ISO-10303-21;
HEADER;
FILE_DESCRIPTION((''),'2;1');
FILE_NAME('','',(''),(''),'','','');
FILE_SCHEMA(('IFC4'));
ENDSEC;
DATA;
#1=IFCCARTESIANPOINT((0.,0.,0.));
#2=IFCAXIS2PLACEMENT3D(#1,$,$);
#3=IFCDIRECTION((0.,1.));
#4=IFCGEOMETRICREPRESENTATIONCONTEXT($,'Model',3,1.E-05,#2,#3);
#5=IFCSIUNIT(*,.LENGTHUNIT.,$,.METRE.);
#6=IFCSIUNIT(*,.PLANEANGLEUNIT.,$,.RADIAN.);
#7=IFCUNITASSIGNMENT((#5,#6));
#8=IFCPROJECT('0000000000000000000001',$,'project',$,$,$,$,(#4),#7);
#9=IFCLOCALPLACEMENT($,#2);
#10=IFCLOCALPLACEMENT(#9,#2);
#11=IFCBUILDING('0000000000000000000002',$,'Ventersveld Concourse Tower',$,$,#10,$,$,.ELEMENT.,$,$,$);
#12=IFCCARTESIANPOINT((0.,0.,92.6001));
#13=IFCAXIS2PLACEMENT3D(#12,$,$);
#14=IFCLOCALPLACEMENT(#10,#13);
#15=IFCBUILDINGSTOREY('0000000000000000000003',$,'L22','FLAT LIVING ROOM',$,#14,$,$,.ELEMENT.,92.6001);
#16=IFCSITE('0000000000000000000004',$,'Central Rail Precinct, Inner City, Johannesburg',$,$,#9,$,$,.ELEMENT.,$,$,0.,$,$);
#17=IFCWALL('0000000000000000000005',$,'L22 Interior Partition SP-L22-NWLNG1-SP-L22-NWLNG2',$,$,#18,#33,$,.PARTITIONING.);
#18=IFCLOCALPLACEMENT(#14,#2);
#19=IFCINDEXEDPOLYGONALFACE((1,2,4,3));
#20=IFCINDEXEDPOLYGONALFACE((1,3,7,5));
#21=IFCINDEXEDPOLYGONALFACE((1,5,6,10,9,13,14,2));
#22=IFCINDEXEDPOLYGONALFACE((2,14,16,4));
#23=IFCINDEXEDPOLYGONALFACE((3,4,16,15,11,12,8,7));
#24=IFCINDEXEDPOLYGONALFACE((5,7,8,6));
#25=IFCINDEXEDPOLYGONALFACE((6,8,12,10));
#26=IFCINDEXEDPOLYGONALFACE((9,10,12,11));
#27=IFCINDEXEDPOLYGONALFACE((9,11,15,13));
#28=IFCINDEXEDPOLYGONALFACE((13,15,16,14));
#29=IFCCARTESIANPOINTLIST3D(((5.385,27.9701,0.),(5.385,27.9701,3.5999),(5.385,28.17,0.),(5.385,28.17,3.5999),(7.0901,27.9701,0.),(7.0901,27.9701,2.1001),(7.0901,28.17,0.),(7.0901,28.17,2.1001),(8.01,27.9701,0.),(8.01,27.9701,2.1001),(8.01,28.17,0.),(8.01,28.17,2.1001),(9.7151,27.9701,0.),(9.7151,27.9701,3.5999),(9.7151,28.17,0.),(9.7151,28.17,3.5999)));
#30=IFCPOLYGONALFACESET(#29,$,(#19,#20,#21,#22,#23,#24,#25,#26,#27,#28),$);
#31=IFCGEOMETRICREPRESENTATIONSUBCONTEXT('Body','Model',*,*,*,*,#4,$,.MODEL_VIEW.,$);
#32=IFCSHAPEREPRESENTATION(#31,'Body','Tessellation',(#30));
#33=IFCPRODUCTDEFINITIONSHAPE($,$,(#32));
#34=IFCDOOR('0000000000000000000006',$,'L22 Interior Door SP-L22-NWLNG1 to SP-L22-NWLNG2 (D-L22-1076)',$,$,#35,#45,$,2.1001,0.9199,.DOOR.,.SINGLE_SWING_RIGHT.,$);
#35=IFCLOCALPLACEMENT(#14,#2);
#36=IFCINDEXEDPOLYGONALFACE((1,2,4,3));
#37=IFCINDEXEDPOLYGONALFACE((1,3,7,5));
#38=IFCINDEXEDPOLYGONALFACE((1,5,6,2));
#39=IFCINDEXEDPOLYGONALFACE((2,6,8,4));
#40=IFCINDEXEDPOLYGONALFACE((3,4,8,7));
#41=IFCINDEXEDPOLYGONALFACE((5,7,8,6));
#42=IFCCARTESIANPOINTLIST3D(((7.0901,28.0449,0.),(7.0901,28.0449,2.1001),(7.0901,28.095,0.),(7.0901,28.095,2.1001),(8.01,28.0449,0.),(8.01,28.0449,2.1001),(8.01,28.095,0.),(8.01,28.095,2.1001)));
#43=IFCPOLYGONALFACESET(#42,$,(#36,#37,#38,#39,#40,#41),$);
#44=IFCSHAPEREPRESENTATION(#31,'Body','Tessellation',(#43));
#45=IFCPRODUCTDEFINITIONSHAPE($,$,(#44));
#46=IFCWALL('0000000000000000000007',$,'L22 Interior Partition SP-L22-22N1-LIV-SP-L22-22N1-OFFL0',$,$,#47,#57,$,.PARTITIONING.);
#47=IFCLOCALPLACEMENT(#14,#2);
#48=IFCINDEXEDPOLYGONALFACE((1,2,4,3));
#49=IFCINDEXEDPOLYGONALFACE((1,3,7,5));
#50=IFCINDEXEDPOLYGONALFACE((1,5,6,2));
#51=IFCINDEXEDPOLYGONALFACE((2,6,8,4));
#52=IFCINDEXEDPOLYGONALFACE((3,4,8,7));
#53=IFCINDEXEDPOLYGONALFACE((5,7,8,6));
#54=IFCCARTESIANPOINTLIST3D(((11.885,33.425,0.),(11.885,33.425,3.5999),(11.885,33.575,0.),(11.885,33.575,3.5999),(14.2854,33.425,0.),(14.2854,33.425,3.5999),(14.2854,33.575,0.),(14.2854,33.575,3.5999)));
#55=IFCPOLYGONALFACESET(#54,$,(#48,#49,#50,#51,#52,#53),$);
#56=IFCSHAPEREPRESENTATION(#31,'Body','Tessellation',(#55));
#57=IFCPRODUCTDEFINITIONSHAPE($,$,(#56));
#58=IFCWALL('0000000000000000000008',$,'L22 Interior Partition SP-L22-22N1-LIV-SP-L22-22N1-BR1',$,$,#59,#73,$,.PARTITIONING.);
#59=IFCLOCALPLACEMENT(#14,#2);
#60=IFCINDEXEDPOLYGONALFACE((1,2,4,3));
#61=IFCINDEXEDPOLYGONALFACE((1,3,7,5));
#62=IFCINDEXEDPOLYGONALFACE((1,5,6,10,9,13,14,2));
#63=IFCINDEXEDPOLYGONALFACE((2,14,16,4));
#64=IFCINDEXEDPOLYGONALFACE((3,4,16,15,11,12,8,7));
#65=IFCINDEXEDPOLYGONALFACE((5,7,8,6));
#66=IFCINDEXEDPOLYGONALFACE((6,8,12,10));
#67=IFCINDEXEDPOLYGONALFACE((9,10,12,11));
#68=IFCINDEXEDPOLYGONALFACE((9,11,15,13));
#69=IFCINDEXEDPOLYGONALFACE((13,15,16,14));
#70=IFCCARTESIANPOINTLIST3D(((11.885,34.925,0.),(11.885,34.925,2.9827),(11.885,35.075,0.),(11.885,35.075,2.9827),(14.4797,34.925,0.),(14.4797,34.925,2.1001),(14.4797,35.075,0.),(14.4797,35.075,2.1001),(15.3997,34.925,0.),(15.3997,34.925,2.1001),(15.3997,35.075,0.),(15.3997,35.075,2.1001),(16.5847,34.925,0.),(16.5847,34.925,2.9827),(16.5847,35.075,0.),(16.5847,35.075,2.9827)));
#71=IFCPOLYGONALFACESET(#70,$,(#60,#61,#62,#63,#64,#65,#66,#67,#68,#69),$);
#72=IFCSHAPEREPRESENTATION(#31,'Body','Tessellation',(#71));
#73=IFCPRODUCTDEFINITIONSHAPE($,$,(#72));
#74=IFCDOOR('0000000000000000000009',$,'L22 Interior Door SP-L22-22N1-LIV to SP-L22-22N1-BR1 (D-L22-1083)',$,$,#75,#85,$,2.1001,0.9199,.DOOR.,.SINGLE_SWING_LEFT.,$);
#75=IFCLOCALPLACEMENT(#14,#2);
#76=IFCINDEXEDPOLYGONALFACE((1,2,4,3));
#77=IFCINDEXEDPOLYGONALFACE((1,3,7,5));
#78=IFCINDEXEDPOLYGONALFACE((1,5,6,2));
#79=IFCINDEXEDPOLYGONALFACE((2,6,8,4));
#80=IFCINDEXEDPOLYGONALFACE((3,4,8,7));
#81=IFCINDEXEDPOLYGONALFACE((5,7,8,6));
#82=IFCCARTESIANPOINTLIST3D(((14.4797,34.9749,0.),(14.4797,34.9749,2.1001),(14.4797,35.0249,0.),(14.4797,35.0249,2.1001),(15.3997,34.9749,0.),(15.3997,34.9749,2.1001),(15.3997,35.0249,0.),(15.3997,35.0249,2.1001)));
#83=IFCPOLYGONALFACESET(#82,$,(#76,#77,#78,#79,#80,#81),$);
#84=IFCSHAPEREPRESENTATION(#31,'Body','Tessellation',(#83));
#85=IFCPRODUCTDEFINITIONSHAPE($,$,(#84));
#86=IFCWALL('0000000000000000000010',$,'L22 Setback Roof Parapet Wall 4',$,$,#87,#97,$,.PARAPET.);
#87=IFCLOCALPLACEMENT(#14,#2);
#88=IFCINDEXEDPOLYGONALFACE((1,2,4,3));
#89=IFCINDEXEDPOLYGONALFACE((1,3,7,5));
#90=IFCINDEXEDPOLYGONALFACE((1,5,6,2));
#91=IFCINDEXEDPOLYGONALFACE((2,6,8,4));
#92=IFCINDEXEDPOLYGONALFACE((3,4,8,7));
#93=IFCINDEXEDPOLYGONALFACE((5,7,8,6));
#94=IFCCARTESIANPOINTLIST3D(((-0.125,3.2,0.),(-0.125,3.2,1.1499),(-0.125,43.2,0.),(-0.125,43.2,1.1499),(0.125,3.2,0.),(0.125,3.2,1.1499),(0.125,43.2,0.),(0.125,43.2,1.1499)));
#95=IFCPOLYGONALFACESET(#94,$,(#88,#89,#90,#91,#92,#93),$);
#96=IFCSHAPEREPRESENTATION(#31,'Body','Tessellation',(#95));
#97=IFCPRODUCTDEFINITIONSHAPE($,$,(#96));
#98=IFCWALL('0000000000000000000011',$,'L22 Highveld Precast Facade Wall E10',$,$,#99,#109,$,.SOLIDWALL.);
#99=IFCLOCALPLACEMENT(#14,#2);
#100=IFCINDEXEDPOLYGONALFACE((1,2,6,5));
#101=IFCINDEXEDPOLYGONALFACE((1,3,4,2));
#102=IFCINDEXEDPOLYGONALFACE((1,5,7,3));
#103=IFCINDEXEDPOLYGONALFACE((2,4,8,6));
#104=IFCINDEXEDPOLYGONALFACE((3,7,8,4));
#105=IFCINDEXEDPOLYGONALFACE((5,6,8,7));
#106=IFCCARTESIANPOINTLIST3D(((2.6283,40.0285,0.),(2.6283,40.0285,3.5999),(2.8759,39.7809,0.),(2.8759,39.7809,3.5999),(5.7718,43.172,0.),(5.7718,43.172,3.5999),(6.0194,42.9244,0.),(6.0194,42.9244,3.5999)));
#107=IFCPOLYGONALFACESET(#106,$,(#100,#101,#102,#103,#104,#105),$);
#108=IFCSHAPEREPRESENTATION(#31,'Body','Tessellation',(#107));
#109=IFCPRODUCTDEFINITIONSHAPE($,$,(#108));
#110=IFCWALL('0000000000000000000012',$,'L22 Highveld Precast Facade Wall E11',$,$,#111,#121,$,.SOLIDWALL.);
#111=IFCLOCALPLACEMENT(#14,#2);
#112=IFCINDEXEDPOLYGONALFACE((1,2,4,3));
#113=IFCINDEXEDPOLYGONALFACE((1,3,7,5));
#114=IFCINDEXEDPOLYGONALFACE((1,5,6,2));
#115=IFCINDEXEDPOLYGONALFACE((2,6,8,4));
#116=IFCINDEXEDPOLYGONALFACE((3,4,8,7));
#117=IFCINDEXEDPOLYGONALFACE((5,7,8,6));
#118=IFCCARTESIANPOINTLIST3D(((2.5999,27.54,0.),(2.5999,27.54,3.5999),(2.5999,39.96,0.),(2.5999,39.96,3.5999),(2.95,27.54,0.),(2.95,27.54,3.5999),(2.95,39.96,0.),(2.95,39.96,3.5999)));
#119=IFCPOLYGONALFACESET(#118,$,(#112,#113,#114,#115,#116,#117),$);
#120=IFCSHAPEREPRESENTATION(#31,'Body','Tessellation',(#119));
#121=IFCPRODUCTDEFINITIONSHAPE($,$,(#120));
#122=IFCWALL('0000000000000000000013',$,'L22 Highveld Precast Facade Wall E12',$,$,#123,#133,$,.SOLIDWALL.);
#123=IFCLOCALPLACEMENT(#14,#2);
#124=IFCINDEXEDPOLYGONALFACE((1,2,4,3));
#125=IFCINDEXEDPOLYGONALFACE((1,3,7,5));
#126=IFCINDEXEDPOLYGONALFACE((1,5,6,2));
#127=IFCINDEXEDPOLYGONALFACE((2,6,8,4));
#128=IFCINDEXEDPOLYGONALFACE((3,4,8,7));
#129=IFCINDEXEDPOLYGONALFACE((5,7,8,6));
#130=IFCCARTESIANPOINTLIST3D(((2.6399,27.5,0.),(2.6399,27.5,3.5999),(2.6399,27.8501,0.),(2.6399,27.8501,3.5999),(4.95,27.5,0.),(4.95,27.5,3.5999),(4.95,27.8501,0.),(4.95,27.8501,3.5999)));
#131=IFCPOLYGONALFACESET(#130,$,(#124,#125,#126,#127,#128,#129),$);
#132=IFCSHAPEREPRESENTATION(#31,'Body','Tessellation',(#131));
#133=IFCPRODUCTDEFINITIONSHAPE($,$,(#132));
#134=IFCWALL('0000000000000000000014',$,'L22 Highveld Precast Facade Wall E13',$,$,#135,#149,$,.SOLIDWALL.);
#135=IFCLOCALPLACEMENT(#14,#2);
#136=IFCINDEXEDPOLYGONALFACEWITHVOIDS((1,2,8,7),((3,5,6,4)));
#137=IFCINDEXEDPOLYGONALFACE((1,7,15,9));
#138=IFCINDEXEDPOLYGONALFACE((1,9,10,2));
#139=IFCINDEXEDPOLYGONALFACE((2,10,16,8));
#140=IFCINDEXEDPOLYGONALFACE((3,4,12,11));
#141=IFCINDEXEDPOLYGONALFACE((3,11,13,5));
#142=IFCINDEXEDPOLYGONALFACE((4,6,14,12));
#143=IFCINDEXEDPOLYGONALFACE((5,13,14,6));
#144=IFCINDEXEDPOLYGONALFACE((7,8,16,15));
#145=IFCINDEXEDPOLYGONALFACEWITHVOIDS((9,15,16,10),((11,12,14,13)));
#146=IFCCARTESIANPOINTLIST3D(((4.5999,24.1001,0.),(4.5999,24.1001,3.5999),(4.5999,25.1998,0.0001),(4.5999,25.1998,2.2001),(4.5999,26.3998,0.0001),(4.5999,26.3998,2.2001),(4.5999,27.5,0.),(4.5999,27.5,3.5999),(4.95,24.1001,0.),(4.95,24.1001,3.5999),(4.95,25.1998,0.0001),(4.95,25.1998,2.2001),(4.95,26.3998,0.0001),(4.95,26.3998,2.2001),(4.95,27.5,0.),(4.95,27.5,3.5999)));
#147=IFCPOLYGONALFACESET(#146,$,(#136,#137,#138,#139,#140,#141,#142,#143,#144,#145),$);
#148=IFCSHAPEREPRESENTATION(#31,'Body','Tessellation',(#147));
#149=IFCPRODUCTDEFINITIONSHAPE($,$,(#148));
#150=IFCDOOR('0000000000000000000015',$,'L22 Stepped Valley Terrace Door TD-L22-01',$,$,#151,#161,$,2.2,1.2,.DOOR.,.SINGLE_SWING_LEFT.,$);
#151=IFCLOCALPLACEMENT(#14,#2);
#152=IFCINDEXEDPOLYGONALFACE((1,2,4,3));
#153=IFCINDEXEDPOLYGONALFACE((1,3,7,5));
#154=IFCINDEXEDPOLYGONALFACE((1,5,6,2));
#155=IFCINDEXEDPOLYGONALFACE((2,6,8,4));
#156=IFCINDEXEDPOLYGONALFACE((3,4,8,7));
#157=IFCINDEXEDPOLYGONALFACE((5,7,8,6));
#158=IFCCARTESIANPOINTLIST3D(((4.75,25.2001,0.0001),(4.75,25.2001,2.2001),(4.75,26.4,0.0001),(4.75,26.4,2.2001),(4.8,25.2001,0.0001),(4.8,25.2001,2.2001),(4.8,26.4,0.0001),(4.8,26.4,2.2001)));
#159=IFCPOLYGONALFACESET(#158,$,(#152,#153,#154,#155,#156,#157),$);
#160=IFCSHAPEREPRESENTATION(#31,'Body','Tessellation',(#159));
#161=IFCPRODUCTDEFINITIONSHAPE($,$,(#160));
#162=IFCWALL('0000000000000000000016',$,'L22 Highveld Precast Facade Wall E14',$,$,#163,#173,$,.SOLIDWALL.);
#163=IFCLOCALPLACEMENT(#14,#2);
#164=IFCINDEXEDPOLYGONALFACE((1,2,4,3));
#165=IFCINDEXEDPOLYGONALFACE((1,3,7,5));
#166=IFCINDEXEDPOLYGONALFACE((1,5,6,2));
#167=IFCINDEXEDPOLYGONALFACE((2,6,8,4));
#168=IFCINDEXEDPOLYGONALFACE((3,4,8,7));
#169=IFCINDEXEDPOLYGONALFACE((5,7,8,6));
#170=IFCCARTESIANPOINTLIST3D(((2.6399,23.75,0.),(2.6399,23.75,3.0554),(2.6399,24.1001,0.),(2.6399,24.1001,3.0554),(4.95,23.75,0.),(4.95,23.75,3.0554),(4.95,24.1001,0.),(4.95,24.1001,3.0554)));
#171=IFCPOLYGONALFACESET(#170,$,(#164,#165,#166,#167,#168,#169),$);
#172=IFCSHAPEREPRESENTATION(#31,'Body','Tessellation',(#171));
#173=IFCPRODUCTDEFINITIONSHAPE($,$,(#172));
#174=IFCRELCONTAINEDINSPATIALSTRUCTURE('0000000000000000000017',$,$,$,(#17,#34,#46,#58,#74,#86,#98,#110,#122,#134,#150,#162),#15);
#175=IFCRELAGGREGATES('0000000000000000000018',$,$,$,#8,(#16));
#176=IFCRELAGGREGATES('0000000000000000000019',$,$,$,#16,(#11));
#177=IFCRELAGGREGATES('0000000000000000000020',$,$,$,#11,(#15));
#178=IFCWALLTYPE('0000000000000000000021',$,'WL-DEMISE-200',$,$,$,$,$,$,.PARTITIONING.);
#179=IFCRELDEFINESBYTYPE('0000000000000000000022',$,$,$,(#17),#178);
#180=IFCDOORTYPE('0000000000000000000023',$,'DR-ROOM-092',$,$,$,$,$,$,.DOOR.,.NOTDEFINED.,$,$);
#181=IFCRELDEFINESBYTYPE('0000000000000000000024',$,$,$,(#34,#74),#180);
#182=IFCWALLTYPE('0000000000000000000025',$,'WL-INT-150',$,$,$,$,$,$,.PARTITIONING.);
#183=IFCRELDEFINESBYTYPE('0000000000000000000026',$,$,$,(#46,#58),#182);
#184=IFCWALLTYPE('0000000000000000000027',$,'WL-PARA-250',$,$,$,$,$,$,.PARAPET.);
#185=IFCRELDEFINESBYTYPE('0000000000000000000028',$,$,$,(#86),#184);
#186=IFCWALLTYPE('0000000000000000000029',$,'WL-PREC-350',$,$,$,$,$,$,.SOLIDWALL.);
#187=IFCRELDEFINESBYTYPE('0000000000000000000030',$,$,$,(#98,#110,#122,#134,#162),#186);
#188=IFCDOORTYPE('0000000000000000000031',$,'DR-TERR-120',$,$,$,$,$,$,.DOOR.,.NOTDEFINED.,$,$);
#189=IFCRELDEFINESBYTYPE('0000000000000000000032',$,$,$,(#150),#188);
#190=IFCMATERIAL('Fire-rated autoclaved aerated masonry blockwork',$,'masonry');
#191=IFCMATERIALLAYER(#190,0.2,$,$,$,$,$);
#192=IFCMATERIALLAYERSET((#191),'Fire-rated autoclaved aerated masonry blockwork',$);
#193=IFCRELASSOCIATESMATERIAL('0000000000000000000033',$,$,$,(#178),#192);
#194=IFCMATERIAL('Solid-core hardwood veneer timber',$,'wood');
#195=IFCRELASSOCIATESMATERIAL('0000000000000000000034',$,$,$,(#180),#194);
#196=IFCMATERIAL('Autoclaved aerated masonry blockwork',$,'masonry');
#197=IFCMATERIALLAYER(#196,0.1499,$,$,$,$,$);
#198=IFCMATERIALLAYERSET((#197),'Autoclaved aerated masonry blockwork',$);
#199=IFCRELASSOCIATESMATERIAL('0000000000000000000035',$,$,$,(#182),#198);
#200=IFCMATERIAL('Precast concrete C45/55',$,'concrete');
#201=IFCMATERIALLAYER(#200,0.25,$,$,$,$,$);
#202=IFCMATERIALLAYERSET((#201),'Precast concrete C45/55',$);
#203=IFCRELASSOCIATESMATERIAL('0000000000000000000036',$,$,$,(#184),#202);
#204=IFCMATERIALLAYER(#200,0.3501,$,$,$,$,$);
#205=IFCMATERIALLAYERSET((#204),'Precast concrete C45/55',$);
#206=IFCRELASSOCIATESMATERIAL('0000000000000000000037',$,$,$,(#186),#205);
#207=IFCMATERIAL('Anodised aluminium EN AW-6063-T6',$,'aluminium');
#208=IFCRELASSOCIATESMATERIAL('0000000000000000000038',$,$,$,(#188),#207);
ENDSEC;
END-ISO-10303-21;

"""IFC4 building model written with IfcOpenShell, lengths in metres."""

from ifc_helpers import new_model, si_unit, direction, frame, frame_2d, origin, place, context, subcontext, project, spatial, rectangle, extrude, material, layer, layer_set, type_object, element, fill, save


model = new_model("IFC4")

# Units and contexts
model_context = context("Model", 3, precision=1e-05, world=origin(), true_north=direction((0.0, 1.0)))
body_context = subcontext(model_context, "Body", "Model", "MODEL_VIEW")
ifc_project = project(units=[si_unit("LENGTHUNIT", "METRE"), si_unit("PLANEANGLEUNIT", "RADIAN")], contexts=[model_context])

# Site, building, storey
site_placement = place(None, origin())
site = spatial("IfcSite", under=ifc_project, at=site_placement, Name="Central Rail Precinct, Inner City, Johannesburg", CompositionType="ELEMENT", RefElevation=0.0)
building_placement = place(site_placement, origin())
building = spatial("IfcBuilding", under=site, at=building_placement, Name="Ventersveld Concourse Tower", CompositionType="ELEMENT")
storey_placement = place(building_placement, frame((0.0, 0.0, 92.6001)))
storey = spatial("IfcBuildingStorey", under=building, at=storey_placement, Name="L22", Description="FLAT LIVING ROOM", CompositionType="ELEMENT", Elevation=92.6001)

# Shared definitions
ifc_material_1 = material(Name="Fire-rated autoclaved aerated masonry blockwork", Category="masonry")

# Wall, opening, door
ifc_layer_1 = layer(ifc_material_1, 0.2)
ifc_layer_set_1 = layer_set([ifc_layer_1], Name="Fire-rated autoclaved aerated masonry blockwork")
wall_type_1 = type_object("IfcWallType", Name="WL-DEMISE-200", PredefinedType="PARTITIONING", material=ifc_layer_set_1)
wall_1_placement = place(storey_placement, frame((5.385, 28.0701, 0.0), z_axis=(0.0, 0.0, 1.0), x_axis=(1.0, 0.0, 0.0)))
wall_1 = element("IfcWall", 1, at=wall_1_placement, inside=storey, type_object=wall_type_1, Name="L22 Interior Partition SP-L22-NWLNG1-SP-L22-NWLNG2", PredefinedType="PARTITIONING", context=body_context, shape_type="SweptSolid", body=[
    extrude(rectangle(XDim=4.3301, YDim=0.2, at=frame_2d((2.165, 0.0))), origin(), (0.0, 0.0, 1.0), 3.5999),
])
opening_1_placement = place(wall_1_placement, frame((1.7051, 0.0, 0.0)))
opening_1 = element("IfcOpeningElement", 2, at=opening_1_placement, cuts=wall_1, PredefinedType="OPENING", context=body_context, shape_type="SweptSolid", body=[
    extrude(rectangle(XDim=0.9199, YDim=2.1001, at=frame_2d((0.46, 1.05))), frame((0.0, 0.1099, 0.0), z_axis=(0.0, -1.0, 0.0), x_axis=(1.0, 0.0, 0.0)), (0.0, 0.0, 1.0), 0.22),
])
ifc_material_2 = material(Name="Solid-core hardwood veneer timber", Category="wood")
door_type_1 = type_object("IfcDoorType", Name="DR-ROOM-092", OperationType="NOTDEFINED", PredefinedType="DOOR", material=ifc_material_2)
door_1_placement = place(opening_1_placement, origin())
door_1 = element("IfcDoor", 3, at=door_1_placement, inside=storey, type_object=door_type_1, Name="L22 Interior Door SP-L22-NWLNG1 to SP-L22-NWLNG2 (D-L22-1076)", OperationType="SINGLE_SWING_RIGHT", OverallHeight=2.1001, OverallWidth=0.9199, PredefinedType="DOOR", context=body_context, shape_type="SweptSolid", body=[
    extrude(rectangle(XDim=0.9199, YDim=2.1001, at=frame_2d((0.46, 1.05))), frame((0.0, 0.0249, 0.0), z_axis=(0.0, -1.0, 0.0), x_axis=(1.0, 0.0, 0.0)), (0.0, 0.0, 1.0), 0.05),
])
fill(opening_1, door_1)

# Wall
ifc_material_3 = material(Name="Autoclaved aerated masonry blockwork", Category="masonry")
ifc_layer_2 = layer(ifc_material_3, 0.1499)
ifc_layer_set_2 = layer_set([ifc_layer_2], Name="Autoclaved aerated masonry blockwork")
wall_type_2 = type_object("IfcWallType", Name="WL-INT-150", PredefinedType="PARTITIONING", material=ifc_layer_set_2)
wall_2_placement = place(storey_placement, frame((11.885, 33.5, 0.0), z_axis=(0.0, 0.0, 1.0), x_axis=(1.0, 0.0, 0.0)))
element("IfcWall", 4, at=wall_2_placement, inside=storey, type_object=wall_type_2, Name="L22 Interior Partition SP-L22-22N1-LIV-SP-L22-22N1-OFFL0", PredefinedType="PARTITIONING", context=body_context, shape_type="SweptSolid", body=[
    extrude(rectangle(XDim=2.4004, YDim=0.1499, at=frame_2d((1.2002, 0.0))), origin(), (0.0, 0.0, 1.0), 3.5999),
])

# Wall, opening, door
wall_3_placement = place(storey_placement, frame((11.885, 35.0, 0.0), z_axis=(0.0, 0.0, 1.0), x_axis=(1.0, 0.0, 0.0)))
wall_3 = element("IfcWall", 5, at=wall_3_placement, inside=storey, type_object=wall_type_2, Name="L22 Interior Partition SP-L22-22N1-LIV-SP-L22-22N1-BR1", PredefinedType="PARTITIONING", context=body_context, shape_type="SweptSolid", body=[
    extrude(rectangle(XDim=4.6997, YDim=0.1499, at=frame_2d((2.3499, 0.0))), origin(), (0.0, 0.0, 1.0), 2.9827),
])
opening_2_placement = place(wall_3_placement, frame((2.5947, 0.0, 0.0)))
opening_2 = element("IfcOpeningElement", 6, at=opening_2_placement, cuts=wall_3, PredefinedType="OPENING", context=body_context, shape_type="SweptSolid", body=[
    extrude(rectangle(XDim=0.9199, YDim=2.1001, at=frame_2d((0.46, 1.05))), frame((0.0, 0.085, 0.0), z_axis=(0.0, -1.0, 0.0), x_axis=(1.0, 0.0, 0.0)), (0.0, 0.0, 1.0), 0.1699),
])
door_2_placement = place(opening_2_placement, origin())
door_2 = element("IfcDoor", 7, at=door_2_placement, inside=storey, type_object=door_type_1, Name="L22 Interior Door SP-L22-22N1-LIV to SP-L22-22N1-BR1 (D-L22-1083)", OperationType="SINGLE_SWING_LEFT", OverallHeight=2.1001, OverallWidth=0.9199, PredefinedType="DOOR", context=body_context, shape_type="SweptSolid", body=[
    extrude(rectangle(XDim=0.9199, YDim=2.1001, at=frame_2d((0.46, 1.05))), frame((0.0, 0.0249, 0.0), z_axis=(0.0, -1.0, 0.0), x_axis=(1.0, 0.0, 0.0)), (0.0, 0.0, 1.0), 0.05),
])
fill(opening_2, door_2)

# Walls
ifc_material_4 = material(Name="Precast concrete C45/55", Category="concrete")
ifc_layer_3 = layer(ifc_material_4, 0.25)
ifc_layer_set_3 = layer_set([ifc_layer_3], Name="Precast concrete C45/55")
wall_type_3 = type_object("IfcWallType", Name="WL-PARA-250", PredefinedType="PARAPET", material=ifc_layer_set_3)
wall_4_placement = place(storey_placement, frame((0.0, 43.2, 0.0), z_axis=(0.0, 0.0, 1.0), x_axis=(0.0, -1.0, 0.0)))
element("IfcWall", 8, at=wall_4_placement, inside=storey, type_object=wall_type_3, Name="L22 Setback Roof Parapet Wall 4", PredefinedType="PARAPET", context=body_context, shape_type="SweptSolid", body=[
    extrude(rectangle(XDim=40.0, YDim=0.25, at=frame_2d((20.0, 0.0))), origin(), (0.0, 0.0, 1.0), 1.1499),
])
ifc_layer_4 = layer(ifc_material_4, 0.3501)
ifc_layer_set_4 = layer_set([ifc_layer_4], Name="Precast concrete C45/55")
wall_type_4 = type_object("IfcWallType", Name="WL-PREC-350", PredefinedType="SOLIDWALL", material=ifc_layer_set_4)
wall_5_placement = place(storey_placement, frame((5.8955, 43.0481, 0.0), z_axis=(0.0, 0.0, 1.0), x_axis=(-0.707107, -0.707107, 0.0)))
element("IfcWall", 9, at=wall_5_placement, inside=storey, type_object=wall_type_4, Name="L22 Highveld Precast Facade Wall E10", PredefinedType="SOLIDWALL", context=body_context, shape_type="SweptSolid", body=[
    extrude(rectangle(XDim=4.4456, YDim=0.3501, at=frame_2d((2.2227, 0.0))), origin(), (0.0, 0.0, 1.0), 3.5999),
])
wall_6_placement = place(storey_placement, frame((2.7749, 39.96, 0.0), z_axis=(0.0, 0.0, 1.0), x_axis=(0.0, -1.0, 0.0)))
element("IfcWall", 10, at=wall_6_placement, inside=storey, type_object=wall_type_4, Name="L22 Highveld Precast Facade Wall E11", PredefinedType="SOLIDWALL", context=body_context, shape_type="SweptSolid", body=[
    extrude(rectangle(XDim=12.4199, YDim=0.3501, at=frame_2d((6.21, 0.0))), origin(), (0.0, 0.0, 1.0), 3.5999),
])
wall_7_placement = place(storey_placement, frame((2.6399, 27.675, 0.0), z_axis=(0.0, 0.0, 1.0), x_axis=(1.0, 0.0, 0.0)))
element("IfcWall", 11, at=wall_7_placement, inside=storey, type_object=wall_type_4, Name="L22 Highveld Precast Facade Wall E12", PredefinedType="SOLIDWALL", context=body_context, shape_type="SweptSolid", body=[
    extrude(rectangle(XDim=2.3101, YDim=0.3501, at=frame_2d((1.155, 0.0))), origin(), (0.0, 0.0, 1.0), 3.5999),
])

# Wall, opening, door
wall_8_placement = place(storey_placement, frame((4.7749, 27.5, 0.0), z_axis=(0.0, 0.0, 1.0), x_axis=(0.0, -1.0, 0.0)))
wall_8 = element("IfcWall", 12, at=wall_8_placement, inside=storey, type_object=wall_type_4, Name="L22 Highveld Precast Facade Wall E13", PredefinedType="SOLIDWALL", context=body_context, shape_type="SweptSolid", body=[
    extrude(rectangle(XDim=3.3999, YDim=0.3501, at=frame_2d((1.7, 0.0))), origin(), (0.0, 0.0, 1.0), 3.5999),
])
opening_3_placement = place(wall_8_placement, frame((1.1001, 0.0, 0.0)))
opening_3 = element("IfcOpeningElement", 13, at=opening_3_placement, cuts=wall_8, PredefinedType="OPENING", context=body_context, shape_type="SweptSolid", body=[
    extrude(rectangle(XDim=1.2, YDim=2.2, at=frame_2d((0.6001, 1.1001))), frame((0.0, 0.1851, 0.0), z_axis=(0.0, -1.0, 0.0), x_axis=(1.0, 0.0, 0.0)), (0.0, 0.0, 1.0), 0.3701),
])
ifc_material_5 = material(Name="Anodised aluminium EN AW-6063-T6", Category="aluminium")
door_type_2 = type_object("IfcDoorType", Name="DR-TERR-120", OperationType="NOTDEFINED", PredefinedType="DOOR", material=ifc_material_5)
door_3_placement = place(opening_3_placement, frame((1.2, 0.0, 0.0), z_axis=(0.0, 0.0, 1.0), x_axis=(-1.0, 0.0, 0.0)))
door_3 = element("IfcDoor", 14, at=door_3_placement, inside=storey, type_object=door_type_2, Name="L22 Stepped Valley Terrace Door TD-L22-01", OperationType="SINGLE_SWING_LEFT", OverallHeight=2.2, OverallWidth=1.2, PredefinedType="DOOR", context=body_context, shape_type="SweptSolid", body=[
    extrude(rectangle(XDim=1.2, YDim=2.2, at=frame_2d((0.6001, 1.1001))), frame((0.0, 0.0249, 0.0), z_axis=(0.0, -1.0, 0.0), x_axis=(1.0, 0.0, 0.0)), (0.0, 0.0, 1.0), 0.05),
])
fill(opening_3, door_3)

# Wall
wall_9_placement = place(storey_placement, frame((4.95, 23.925, 0.0), z_axis=(0.0, 0.0, 1.0), x_axis=(-1.0, 0.0, 0.0)))
element("IfcWall", 15, at=wall_9_placement, inside=storey, type_object=wall_type_4, Name="L22 Highveld Precast Facade Wall E14", PredefinedType="SOLIDWALL", context=body_context, shape_type="SweptSolid", body=[
    extrude(rectangle(XDim=2.3101, YDim=0.3501, at=frame_2d((1.155, 0.0))), origin(), (0.0, 0.0, 1.0), 3.0554),
])

save(model, "model.ifc")
